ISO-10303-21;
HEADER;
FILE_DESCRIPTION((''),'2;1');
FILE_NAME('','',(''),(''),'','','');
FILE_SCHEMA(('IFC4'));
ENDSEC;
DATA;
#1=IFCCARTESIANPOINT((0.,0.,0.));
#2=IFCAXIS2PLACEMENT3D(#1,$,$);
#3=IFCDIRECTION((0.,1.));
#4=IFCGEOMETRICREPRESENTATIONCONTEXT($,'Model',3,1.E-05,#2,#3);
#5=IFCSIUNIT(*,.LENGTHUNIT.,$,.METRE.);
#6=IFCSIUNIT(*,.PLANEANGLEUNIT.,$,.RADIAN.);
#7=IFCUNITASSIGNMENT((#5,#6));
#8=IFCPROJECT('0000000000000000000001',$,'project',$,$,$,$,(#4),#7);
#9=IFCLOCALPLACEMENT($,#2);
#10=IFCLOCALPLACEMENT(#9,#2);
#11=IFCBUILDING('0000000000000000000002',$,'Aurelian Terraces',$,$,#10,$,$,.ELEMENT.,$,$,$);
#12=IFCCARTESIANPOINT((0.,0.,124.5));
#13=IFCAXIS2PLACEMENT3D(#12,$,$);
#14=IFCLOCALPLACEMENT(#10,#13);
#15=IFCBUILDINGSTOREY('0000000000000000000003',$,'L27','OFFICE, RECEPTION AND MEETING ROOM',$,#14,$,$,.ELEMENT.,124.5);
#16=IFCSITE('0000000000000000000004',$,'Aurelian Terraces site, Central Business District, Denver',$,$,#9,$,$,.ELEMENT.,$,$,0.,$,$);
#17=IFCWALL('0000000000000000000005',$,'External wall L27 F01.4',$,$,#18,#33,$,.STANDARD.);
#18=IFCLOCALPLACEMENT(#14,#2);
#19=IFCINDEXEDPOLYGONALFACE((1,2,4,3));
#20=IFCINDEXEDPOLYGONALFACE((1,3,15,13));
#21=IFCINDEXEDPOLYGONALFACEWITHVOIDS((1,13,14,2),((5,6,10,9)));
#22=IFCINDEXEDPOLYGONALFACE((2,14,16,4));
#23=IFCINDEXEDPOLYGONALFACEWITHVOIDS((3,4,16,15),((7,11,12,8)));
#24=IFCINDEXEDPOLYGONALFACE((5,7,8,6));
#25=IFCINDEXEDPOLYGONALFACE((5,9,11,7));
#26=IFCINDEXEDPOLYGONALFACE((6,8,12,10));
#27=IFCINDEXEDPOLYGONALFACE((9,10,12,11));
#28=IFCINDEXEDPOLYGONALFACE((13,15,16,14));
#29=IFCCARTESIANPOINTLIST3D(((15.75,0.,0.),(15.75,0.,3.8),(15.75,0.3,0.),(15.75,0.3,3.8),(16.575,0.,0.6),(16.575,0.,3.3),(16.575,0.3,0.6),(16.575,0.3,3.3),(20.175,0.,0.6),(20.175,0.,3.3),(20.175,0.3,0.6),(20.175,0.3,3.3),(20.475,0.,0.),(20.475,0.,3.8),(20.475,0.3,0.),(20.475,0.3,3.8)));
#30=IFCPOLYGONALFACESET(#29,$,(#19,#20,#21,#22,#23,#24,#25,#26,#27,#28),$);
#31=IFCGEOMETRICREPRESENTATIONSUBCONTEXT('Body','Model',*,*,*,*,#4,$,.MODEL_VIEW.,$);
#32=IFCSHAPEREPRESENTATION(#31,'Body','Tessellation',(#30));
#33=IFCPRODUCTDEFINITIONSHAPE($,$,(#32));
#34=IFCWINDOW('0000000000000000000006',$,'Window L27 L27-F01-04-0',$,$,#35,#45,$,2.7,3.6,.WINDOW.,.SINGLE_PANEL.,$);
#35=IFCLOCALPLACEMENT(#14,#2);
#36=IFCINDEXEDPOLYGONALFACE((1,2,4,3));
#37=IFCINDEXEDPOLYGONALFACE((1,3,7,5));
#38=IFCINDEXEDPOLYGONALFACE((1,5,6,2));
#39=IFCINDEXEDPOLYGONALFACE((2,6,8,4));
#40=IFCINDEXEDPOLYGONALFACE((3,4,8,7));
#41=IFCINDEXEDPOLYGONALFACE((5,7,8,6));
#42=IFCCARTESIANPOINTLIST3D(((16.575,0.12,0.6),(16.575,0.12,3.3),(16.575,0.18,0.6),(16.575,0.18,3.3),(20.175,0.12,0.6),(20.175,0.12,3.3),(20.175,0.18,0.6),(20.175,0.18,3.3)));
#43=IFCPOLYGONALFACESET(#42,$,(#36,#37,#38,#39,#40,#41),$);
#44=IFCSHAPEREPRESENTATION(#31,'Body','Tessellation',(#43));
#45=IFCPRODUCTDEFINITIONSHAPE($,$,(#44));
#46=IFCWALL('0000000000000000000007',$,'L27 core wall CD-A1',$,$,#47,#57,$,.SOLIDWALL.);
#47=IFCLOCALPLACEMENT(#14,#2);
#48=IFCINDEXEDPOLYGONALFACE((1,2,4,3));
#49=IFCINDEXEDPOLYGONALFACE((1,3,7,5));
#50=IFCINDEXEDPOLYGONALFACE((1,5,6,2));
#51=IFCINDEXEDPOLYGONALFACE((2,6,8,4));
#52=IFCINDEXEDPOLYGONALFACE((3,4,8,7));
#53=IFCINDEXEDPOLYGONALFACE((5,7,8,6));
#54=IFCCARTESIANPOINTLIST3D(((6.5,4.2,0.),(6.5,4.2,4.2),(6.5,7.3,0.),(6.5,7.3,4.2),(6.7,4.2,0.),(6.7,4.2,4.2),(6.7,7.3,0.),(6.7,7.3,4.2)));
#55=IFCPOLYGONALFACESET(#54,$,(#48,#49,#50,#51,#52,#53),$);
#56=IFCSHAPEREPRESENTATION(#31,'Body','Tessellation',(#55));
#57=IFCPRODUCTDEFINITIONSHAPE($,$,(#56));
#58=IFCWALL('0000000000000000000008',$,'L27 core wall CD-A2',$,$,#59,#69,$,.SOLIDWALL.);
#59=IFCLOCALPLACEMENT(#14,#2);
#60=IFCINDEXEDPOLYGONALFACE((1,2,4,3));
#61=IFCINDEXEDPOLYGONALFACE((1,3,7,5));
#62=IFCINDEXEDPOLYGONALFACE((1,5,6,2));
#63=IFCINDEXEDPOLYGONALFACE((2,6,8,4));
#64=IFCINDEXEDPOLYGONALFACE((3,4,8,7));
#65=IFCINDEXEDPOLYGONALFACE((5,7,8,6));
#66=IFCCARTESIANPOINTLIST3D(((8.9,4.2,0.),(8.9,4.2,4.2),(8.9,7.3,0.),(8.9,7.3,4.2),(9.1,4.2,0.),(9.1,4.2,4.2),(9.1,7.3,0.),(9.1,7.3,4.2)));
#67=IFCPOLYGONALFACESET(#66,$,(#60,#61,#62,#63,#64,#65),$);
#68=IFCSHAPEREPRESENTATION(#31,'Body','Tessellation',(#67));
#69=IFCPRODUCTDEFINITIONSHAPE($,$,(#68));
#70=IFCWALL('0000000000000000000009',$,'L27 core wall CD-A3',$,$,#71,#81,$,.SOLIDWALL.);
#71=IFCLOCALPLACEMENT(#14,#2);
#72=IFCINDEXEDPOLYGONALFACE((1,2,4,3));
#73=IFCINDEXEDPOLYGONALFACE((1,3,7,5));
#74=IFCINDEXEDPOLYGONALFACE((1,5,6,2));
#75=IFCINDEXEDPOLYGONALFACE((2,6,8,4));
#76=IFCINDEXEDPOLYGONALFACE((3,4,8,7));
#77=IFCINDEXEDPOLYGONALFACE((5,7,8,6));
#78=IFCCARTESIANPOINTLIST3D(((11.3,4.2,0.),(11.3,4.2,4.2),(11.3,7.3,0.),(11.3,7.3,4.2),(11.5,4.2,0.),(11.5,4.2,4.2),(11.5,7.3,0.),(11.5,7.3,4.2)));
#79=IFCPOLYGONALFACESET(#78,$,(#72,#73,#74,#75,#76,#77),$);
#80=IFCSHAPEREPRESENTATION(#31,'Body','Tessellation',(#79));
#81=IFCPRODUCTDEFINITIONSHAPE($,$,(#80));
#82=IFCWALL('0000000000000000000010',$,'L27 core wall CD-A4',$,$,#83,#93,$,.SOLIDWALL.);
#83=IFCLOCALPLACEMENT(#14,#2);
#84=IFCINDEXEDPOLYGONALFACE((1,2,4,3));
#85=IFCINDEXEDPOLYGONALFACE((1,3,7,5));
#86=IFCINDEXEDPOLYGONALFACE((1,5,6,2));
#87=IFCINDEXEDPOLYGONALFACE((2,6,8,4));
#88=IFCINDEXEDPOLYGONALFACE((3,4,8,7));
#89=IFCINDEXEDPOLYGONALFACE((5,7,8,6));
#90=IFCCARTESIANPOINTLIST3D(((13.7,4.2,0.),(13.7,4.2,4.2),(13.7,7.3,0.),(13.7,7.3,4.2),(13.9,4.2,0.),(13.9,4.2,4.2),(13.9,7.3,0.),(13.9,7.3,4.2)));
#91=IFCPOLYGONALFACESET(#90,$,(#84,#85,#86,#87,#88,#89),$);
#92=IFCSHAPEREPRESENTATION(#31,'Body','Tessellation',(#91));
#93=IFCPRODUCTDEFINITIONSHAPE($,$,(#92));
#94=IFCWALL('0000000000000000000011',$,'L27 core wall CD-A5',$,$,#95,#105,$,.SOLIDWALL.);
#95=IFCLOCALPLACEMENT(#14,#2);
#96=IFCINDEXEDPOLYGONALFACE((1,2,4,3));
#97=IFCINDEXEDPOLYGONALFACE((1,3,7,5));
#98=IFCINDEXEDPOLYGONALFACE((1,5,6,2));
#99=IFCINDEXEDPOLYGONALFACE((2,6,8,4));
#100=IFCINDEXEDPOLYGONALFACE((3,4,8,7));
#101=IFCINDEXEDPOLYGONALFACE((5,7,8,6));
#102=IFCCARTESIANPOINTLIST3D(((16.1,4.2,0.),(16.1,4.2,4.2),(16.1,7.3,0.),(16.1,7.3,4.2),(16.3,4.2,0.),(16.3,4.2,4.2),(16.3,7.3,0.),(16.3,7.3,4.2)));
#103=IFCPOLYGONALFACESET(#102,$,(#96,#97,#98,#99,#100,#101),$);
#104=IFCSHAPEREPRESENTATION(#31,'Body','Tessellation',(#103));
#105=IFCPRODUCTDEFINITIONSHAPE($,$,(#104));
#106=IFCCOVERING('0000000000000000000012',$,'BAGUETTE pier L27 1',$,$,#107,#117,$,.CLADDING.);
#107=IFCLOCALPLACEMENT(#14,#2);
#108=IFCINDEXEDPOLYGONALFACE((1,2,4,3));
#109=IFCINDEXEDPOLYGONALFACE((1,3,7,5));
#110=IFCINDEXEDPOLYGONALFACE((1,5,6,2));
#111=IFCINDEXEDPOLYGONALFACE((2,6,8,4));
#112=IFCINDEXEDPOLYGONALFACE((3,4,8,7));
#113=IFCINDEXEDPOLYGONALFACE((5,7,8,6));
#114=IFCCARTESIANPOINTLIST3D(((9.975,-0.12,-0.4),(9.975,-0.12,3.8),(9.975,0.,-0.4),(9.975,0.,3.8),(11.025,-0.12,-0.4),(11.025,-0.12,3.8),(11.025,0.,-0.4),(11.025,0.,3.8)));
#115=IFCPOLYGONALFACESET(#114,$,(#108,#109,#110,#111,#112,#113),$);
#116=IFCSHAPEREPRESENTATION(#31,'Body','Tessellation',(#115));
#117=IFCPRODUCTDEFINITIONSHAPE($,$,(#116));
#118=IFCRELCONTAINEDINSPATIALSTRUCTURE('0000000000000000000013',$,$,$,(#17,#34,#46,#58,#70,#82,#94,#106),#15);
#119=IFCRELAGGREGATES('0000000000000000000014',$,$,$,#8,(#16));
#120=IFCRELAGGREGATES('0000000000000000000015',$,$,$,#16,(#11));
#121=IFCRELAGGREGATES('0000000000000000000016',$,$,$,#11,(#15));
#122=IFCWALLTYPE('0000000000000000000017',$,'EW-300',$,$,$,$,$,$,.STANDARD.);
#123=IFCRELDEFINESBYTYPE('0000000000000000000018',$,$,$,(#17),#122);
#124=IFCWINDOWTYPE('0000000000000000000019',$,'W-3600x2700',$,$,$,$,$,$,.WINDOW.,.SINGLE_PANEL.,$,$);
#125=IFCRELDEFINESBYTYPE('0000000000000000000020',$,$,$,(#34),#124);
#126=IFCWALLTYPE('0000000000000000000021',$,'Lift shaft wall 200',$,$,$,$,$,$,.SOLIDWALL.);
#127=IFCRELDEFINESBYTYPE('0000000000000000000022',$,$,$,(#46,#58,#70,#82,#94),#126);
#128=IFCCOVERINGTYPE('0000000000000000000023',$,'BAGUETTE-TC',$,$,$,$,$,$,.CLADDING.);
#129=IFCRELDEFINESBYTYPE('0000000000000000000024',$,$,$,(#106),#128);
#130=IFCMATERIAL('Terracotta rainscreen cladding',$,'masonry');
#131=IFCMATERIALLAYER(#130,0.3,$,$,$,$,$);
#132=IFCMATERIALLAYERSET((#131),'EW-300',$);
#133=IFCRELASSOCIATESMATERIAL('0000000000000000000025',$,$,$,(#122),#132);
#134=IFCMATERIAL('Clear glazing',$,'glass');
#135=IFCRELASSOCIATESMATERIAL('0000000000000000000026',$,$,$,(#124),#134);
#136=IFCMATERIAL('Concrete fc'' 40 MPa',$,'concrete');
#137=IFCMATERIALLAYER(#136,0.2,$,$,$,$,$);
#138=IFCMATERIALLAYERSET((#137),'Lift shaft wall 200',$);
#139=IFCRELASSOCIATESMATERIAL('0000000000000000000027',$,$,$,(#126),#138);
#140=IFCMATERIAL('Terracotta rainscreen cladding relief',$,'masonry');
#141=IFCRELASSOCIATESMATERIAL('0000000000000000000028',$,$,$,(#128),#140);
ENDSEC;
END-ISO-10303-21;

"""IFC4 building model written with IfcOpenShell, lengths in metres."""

from ifc_helpers import new_model, si_unit, direction, frame, frame_2d, origin, origin_2d, place, context, subcontext, project, spatial, rectangle, extrude, source, transform, mapped, material, layer, layer_set, type_object, element, fill, save


model = new_model("IFC4")

# Units and contexts
model_context = context("Model", 3, precision=1e-05, world=origin(), true_north=direction((0.0, 1.0)))
body_context = subcontext(model_context, "Body", "Model", "MODEL_VIEW")
ifc_project = project(units=[si_unit("LENGTHUNIT", "METRE"), si_unit("PLANEANGLEUNIT", "RADIAN")], contexts=[model_context])

# Site, building, storey
site_placement = place(None, origin())
site = spatial("IfcSite", under=ifc_project, at=site_placement, Name="Aurelian Terraces site, Central Business District, Denver", CompositionType="ELEMENT", RefElevation=0.0)
building_placement = place(site_placement, origin())
building = spatial("IfcBuilding", under=site, at=building_placement, Name="Aurelian Terraces", CompositionType="ELEMENT")
storey_placement = place(building_placement, frame((0.0, 0.0, 124.5)))
storey = spatial("IfcBuildingStorey", under=building, at=storey_placement, Name="L27", Description="OFFICE, RECEPTION AND MEETING ROOM", CompositionType="ELEMENT", Elevation=124.5)

# Shared definitions
ifc_material_1 = material(Name="Concrete fc' 40 MPa", Category="concrete")

# Shared definitions
ifc_material_2 = material(Name="Terracotta rainscreen cladding", Category="masonry")
ifc_layer_1 = layer(ifc_material_2, 0.3)
ifc_layer_set_1 = layer_set([ifc_layer_1], Name="EW-300")
wall_type_1 = type_object("IfcWallType", Name="EW-300", PredefinedType="STANDARD", material=ifc_layer_set_1)
shared_shape_1 = source(origin(), body_context, "Body", "SweptSolid", [
    extrude(rectangle(XDim=3.6, YDim=2.7, at=frame_2d((1.8, 1.35))), frame((0.0, 0.16, 0.0), z_axis=(0.0, -1.0, 0.0), x_axis=(1.0, 0.0, 0.0)), (0.0, 0.0, 1.0), 0.32),
])
ifc_material_3 = material(Name="Clear glazing", Category="glass")
window_type_1 = type_object("IfcWindowType", Name="W-3600x2700", PartitioningType="SINGLE_PANEL", PredefinedType="WINDOW", material=ifc_material_3)
shared_shape_2 = source(origin(), body_context, "Body", "SweptSolid", [
    extrude(rectangle(XDim=3.6, YDim=2.7, at=frame_2d((1.8, 1.35))), frame((0.0, 0.03, 0.0), z_axis=(0.0, -1.0, 0.0), x_axis=(1.0, 0.0, 0.0)), (0.0, 0.0, 1.0), 0.06),
])

# Wall, opening, window
shared_shape_3 = source(origin(), body_context, "Body", "SweptSolid", [
    extrude(rectangle(XDim=4.725, YDim=0.3, at=frame_2d((2.3625, 0.0))), origin(), (0.0, 0.0, 1.0), 3.8),
])
wall_1_placement = place(storey_placement, frame((15.75, 0.15, 0.0), z_axis=(0.0, 0.0, 1.0), x_axis=(1.0, 0.0, 0.0)))
wall_1 = element("IfcWall", 1, at=wall_1_placement, inside=storey, type_object=wall_type_1, Name="External wall L27 F01.4", PredefinedType="STANDARD", context=body_context, shape_type="MappedRepresentation", body=[
    mapped(shared_shape_3, transform((0.0, 0.0, 0.0), scale=1.0)),
])
opening_1_placement = place(wall_1_placement, frame((0.825, 0.0, 0.6)))
opening_1 = element("IfcOpeningElement", 2, at=opening_1_placement, cuts=wall_1, PredefinedType="OPENING", context=body_context, shape_type="MappedRepresentation", body=[
    mapped(shared_shape_1, transform((0.0, 0.0, 0.0), scale=1.0)),
])
window_1_placement = place(opening_1_placement, origin())
window_1 = element("IfcWindow", 3, at=window_1_placement, inside=storey, type_object=window_type_1, Name="Window L27 L27-F01-04-0", OverallHeight=2.7, OverallWidth=3.6, PartitioningType="SINGLE_PANEL", PredefinedType="WINDOW", context=body_context, shape_type="MappedRepresentation", body=[
    mapped(shared_shape_2, transform((0.0, 0.0, 0.0), scale=1.0)),
])
fill(opening_1, window_1)

# Walls
ifc_layer_2 = layer(ifc_material_1, 0.2)
ifc_layer_set_2 = layer_set([ifc_layer_2], Name="Lift shaft wall 200")
wall_type_2 = type_object("IfcWallType", Name="Lift shaft wall 200", PredefinedType="SOLIDWALL", material=ifc_layer_set_2)
shared_shape_4 = source(origin(), body_context, "Body", "SweptSolid", [
    extrude(rectangle(XDim=3.1, YDim=0.2, at=frame_2d((1.55, 0.0))), origin(), (0.0, 0.0, 1.0), 4.2),
])
for number, where, z_axis, x_axis, name in (
    (4, (6.6, 4.2, 0.0), (0.0, 0.0, 1.0), (0.0, 1.0, 0.0), "L27 core wall CD-A1"),
    (5, (9.0, 4.2, 0.0), (0.0, 0.0, 1.0), (0.0, 1.0, 0.0), "L27 core wall CD-A2"),
    (6, (11.4, 4.2, 0.0), (0.0, 0.0, 1.0), (0.0, 1.0, 0.0), "L27 core wall CD-A3"),
    (7, (13.8, 4.2, 0.0), (0.0, 0.0, 1.0), (0.0, 1.0, 0.0), "L27 core wall CD-A4"),
    (8, (16.2, 4.2, 0.0), (0.0, 0.0, 1.0), (0.0, 1.0, 0.0), "L27 core wall CD-A5"),
):
    element("IfcWall", number, at=place(storey_placement, frame(where, z_axis=z_axis, x_axis=x_axis)), inside=storey, type_object=wall_type_2, Name=name, PredefinedType="SOLIDWALL", context=body_context, shape_type="MappedRepresentation", body=[
        mapped(shared_shape_4, transform((0.0, 0.0, 0.0), scale=1.0)),
    ])

# Covering
ifc_material_4 = material(Name="Terracotta rainscreen cladding relief", Category="masonry")
covering_type = type_object("IfcCoveringType", Name="BAGUETTE-TC", PredefinedType="CLADDING", material=ifc_material_4)
shared_shape_5 = source(origin(), body_context, "Body", "SweptSolid", [
    extrude(rectangle(XDim=1.05, YDim=0.12, at=origin_2d()), origin(), (0.0, 0.0, 1.0), 4.2),
])
covering_placement = place(storey_placement, frame((10.5, -0.06, -0.4), z_axis=(0.0, 0.0, 1.0), x_axis=(1.0, 0.0, 0.0)))
element("IfcCovering", 9, at=covering_placement, inside=storey, type_object=covering_type, Name="BAGUETTE pier L27 1", PredefinedType="CLADDING", context=body_context, shape_type="MappedRepresentation", body=[
    mapped(shared_shape_5, transform((0.0, 0.0, 0.0), scale=1.0)),
])

save(model, "model.ifc")
